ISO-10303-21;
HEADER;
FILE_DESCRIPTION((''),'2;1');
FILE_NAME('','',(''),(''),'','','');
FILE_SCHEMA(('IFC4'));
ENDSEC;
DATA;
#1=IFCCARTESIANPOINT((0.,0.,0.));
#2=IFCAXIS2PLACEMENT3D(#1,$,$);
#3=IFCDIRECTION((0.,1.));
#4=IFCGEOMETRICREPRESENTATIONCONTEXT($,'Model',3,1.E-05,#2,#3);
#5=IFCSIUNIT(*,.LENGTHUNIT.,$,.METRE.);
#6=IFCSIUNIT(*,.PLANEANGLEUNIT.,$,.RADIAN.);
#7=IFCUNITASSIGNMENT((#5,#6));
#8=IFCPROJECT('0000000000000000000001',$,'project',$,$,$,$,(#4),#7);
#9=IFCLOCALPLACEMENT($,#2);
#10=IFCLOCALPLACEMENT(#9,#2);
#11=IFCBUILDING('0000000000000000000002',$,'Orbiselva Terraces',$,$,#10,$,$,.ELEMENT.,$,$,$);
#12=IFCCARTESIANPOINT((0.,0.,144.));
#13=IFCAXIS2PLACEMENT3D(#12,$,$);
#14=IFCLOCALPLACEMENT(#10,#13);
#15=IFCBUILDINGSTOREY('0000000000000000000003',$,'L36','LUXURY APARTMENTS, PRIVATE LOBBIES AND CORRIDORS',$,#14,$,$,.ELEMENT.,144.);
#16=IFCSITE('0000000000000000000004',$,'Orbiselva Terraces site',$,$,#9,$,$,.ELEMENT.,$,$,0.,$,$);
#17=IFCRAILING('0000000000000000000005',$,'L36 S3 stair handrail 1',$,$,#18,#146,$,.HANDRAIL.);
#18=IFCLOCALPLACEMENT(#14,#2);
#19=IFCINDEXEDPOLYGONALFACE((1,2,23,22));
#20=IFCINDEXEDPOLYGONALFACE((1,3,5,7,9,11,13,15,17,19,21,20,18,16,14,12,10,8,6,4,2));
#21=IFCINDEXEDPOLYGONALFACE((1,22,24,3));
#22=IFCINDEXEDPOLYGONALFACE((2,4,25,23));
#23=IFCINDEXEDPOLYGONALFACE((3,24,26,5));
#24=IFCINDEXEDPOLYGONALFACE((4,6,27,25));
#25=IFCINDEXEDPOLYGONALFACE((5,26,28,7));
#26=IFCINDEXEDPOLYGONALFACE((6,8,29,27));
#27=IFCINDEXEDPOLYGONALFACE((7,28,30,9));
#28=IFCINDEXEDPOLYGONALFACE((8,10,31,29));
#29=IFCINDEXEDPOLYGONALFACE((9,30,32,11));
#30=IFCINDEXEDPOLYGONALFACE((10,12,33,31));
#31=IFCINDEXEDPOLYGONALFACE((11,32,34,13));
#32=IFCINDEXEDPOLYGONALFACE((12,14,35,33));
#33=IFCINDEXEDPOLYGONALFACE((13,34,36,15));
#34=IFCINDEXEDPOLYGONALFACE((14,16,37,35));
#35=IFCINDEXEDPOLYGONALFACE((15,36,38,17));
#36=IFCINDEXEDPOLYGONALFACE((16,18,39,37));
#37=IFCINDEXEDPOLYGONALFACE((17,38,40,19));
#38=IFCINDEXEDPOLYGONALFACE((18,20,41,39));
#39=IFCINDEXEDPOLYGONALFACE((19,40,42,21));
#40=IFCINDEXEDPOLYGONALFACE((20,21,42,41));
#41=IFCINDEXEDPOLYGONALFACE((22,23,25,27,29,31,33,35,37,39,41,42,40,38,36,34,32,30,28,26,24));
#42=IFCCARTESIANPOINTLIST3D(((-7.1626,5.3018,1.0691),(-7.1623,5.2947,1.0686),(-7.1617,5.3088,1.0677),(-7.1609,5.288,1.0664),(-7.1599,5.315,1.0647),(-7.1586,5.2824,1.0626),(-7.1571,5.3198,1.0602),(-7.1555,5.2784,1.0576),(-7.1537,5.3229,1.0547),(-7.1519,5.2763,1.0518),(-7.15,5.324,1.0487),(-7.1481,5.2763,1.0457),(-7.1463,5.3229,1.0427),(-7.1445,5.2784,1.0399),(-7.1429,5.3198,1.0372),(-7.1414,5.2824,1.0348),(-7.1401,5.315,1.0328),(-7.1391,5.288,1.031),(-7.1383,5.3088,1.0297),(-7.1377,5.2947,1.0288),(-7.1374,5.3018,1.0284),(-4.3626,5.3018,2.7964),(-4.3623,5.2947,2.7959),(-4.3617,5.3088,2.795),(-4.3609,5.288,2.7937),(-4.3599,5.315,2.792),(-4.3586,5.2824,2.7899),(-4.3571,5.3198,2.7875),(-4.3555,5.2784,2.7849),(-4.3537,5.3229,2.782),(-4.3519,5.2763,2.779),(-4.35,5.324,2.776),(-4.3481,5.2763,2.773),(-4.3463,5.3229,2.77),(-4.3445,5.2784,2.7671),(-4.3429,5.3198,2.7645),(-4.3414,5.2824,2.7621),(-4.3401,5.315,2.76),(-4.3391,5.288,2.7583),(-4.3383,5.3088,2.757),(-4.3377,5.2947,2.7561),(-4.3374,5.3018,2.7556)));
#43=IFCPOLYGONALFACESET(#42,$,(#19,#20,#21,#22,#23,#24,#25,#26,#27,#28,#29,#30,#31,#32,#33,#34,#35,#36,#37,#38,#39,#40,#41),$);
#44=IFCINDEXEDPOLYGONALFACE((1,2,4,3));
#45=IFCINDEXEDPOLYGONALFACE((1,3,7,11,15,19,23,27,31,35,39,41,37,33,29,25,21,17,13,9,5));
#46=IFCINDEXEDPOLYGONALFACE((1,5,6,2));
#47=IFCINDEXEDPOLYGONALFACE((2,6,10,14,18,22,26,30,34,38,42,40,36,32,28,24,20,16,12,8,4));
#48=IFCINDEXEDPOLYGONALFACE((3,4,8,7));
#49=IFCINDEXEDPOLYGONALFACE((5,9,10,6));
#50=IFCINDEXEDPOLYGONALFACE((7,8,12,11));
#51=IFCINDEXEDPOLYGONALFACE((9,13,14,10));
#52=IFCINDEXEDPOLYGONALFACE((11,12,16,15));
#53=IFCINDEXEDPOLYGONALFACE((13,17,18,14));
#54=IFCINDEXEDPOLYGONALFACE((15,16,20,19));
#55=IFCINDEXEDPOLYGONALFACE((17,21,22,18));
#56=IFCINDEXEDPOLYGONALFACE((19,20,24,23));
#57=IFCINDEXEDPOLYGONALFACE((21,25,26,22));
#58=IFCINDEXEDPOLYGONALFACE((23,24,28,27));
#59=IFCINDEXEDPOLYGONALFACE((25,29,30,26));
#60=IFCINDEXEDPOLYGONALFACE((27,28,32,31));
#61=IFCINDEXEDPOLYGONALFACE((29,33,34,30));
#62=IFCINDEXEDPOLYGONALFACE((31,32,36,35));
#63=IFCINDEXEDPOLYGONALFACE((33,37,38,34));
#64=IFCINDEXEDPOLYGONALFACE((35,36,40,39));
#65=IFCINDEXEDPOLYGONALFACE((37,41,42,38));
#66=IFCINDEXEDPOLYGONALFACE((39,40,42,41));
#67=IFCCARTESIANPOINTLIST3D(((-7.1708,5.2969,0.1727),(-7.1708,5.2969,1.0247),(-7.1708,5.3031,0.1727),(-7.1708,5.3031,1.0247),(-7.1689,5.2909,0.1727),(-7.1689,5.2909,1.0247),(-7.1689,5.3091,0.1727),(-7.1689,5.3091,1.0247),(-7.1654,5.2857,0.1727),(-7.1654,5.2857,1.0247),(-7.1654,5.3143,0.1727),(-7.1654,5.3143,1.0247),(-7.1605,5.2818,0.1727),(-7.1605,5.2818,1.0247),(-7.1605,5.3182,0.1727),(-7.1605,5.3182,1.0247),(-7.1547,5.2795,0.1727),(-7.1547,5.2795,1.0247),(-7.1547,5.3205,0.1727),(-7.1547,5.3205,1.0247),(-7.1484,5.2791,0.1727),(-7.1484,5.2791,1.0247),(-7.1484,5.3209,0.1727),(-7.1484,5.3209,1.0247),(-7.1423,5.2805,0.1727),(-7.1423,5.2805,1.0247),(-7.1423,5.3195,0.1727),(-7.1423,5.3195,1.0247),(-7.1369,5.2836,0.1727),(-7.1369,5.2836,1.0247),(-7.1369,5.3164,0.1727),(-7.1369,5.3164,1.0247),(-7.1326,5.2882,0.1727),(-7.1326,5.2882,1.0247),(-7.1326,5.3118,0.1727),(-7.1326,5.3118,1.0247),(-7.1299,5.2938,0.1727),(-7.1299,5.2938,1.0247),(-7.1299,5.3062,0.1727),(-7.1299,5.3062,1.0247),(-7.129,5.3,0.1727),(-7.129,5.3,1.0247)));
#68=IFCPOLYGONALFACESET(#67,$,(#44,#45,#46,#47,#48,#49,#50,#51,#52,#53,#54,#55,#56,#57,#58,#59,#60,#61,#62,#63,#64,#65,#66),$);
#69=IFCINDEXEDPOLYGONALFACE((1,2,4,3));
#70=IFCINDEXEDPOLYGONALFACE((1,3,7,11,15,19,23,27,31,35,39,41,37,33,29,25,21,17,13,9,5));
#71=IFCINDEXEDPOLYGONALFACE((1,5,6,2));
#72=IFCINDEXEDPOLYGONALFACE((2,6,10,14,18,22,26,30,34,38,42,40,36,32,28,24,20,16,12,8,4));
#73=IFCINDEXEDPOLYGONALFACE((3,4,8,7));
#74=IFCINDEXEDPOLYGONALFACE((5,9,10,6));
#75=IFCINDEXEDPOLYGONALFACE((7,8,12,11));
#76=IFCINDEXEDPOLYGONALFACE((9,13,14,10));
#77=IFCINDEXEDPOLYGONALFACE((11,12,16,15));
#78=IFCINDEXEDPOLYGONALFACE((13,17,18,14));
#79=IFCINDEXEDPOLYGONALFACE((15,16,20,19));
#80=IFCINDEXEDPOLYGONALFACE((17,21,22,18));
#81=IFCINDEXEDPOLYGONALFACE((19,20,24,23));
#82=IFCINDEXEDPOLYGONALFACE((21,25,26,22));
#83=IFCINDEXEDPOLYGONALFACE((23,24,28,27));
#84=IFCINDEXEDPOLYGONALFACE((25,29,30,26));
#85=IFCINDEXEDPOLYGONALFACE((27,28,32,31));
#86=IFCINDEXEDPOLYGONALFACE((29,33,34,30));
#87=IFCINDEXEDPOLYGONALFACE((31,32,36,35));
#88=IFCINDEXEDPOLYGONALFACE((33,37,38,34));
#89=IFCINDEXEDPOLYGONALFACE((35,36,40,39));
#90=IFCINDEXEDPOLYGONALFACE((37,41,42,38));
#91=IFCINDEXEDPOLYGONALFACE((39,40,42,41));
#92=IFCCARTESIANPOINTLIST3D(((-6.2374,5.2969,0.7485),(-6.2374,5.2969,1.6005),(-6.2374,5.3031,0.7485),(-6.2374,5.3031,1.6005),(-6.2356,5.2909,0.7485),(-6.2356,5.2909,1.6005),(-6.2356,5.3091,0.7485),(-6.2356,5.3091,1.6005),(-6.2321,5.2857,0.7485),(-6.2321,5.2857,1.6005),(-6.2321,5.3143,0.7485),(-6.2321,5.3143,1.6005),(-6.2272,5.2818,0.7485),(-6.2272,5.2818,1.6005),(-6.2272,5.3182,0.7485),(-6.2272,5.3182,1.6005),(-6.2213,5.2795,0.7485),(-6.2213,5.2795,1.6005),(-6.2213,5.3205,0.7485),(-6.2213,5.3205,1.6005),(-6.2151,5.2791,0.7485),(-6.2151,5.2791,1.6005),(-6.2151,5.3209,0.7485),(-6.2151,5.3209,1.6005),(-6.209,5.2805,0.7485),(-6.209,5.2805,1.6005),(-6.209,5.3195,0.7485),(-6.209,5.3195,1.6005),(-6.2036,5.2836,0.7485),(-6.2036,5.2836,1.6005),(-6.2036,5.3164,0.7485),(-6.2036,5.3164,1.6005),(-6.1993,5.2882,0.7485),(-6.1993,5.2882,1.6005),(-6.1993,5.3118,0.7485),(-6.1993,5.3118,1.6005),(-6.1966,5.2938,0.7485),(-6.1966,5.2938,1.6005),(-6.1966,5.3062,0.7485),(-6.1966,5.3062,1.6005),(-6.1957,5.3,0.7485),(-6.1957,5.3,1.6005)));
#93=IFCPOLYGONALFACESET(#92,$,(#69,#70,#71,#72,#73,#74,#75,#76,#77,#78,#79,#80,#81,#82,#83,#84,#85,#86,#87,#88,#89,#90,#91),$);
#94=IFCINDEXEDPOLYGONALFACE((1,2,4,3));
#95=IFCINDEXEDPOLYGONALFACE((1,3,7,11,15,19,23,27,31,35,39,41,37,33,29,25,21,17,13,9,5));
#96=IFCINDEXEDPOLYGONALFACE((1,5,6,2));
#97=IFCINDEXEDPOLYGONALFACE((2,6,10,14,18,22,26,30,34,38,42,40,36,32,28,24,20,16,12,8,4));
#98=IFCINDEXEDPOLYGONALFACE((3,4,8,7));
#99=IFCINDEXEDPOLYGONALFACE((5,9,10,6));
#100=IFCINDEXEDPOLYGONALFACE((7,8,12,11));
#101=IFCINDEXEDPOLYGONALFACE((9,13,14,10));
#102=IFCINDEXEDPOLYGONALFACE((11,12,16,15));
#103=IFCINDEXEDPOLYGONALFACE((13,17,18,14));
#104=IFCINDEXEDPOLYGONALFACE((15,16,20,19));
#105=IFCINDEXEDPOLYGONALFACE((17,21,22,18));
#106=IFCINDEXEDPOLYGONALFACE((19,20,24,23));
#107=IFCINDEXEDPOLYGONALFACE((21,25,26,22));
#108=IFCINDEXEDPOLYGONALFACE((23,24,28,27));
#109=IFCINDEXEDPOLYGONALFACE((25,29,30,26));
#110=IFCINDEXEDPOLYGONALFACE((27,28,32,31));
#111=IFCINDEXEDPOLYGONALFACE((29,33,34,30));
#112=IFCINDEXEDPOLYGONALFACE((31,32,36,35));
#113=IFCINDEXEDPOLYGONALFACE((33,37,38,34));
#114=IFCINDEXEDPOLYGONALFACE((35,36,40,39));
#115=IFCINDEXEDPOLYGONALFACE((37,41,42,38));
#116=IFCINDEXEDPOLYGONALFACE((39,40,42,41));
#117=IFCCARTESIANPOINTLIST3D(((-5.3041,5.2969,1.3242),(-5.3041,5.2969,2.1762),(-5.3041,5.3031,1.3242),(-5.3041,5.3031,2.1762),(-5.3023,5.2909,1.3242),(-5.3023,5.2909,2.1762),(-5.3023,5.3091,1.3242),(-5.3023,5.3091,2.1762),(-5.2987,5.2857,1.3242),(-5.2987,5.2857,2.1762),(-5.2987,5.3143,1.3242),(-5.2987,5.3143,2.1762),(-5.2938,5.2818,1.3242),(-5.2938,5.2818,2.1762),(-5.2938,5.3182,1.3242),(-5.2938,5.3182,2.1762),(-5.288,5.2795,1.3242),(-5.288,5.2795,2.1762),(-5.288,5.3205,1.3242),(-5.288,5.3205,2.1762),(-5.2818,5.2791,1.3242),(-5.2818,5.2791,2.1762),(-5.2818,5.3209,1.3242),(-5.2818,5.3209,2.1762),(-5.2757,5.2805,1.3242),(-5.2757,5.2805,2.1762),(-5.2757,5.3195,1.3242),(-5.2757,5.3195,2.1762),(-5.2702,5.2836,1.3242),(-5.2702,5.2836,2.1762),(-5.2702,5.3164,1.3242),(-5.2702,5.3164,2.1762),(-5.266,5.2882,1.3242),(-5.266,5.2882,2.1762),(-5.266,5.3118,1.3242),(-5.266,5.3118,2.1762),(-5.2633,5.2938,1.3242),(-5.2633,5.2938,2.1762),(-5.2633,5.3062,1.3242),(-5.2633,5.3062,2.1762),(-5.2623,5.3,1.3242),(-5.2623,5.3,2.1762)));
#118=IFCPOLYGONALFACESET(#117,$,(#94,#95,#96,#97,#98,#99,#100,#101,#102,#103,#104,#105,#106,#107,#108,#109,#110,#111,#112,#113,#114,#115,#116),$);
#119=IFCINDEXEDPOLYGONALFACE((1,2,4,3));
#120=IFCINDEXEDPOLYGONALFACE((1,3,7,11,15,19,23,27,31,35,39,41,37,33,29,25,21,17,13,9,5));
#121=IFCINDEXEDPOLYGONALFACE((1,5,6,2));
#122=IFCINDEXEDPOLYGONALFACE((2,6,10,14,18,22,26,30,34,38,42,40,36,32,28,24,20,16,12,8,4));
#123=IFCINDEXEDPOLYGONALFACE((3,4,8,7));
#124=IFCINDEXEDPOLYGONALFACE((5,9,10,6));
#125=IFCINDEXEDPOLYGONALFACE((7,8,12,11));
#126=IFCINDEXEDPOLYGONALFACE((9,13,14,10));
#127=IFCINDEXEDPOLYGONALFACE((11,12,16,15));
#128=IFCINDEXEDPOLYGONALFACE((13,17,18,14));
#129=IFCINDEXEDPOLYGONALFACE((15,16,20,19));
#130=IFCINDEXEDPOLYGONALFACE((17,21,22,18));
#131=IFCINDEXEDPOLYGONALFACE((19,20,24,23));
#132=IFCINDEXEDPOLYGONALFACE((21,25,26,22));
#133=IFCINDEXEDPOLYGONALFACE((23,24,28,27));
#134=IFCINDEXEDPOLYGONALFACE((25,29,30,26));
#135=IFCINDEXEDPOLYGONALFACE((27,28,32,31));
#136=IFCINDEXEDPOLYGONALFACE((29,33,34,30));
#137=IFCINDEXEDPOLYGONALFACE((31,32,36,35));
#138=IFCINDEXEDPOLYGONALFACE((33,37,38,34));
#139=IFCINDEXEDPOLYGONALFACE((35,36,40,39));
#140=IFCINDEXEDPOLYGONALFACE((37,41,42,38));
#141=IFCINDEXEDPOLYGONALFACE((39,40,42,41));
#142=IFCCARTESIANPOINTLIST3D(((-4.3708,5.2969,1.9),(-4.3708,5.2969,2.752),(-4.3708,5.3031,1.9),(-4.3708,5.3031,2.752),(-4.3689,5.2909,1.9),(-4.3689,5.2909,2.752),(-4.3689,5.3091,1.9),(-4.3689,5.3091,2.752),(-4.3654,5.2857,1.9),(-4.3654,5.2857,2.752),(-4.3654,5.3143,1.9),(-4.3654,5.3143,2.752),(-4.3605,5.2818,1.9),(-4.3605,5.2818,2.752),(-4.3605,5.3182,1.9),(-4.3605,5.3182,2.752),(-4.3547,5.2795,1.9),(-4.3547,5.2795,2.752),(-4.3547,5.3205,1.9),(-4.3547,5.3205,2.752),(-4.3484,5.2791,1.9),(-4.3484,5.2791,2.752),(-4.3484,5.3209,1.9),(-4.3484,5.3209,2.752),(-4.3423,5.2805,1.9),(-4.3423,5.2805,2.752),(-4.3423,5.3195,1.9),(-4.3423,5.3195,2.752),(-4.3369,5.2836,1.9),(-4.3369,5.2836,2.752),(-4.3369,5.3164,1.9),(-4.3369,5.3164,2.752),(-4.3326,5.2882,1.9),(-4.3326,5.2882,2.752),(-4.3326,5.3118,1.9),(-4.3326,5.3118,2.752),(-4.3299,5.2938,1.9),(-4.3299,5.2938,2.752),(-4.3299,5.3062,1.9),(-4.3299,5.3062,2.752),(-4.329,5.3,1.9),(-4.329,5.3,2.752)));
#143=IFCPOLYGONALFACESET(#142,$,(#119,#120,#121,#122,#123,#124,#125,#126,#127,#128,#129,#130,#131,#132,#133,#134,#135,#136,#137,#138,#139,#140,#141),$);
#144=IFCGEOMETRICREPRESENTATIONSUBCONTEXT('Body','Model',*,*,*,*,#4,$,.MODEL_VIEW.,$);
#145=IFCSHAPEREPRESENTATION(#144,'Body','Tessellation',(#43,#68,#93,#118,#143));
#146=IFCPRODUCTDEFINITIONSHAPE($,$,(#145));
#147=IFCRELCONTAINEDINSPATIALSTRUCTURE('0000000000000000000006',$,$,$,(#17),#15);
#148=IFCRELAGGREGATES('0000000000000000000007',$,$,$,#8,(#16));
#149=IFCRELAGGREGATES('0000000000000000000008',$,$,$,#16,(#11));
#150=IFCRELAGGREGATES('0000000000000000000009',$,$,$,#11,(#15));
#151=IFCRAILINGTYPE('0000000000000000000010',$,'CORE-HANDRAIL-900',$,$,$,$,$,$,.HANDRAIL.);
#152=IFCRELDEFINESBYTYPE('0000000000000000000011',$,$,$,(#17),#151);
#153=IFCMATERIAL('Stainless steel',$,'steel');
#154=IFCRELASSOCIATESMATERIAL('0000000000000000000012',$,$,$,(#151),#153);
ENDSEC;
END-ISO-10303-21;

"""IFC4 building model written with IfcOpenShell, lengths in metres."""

from ifc_helpers import new_model, si_unit, direction, frame, origin, origin_2d, place, context, subcontext, project, spatial, circle, extrude, material, type_object, element, save


model = new_model("IFC4")

# Units and contexts
model_context = context("Model", 3, precision=1e-05, world=origin(), true_north=direction((0.0, 1.0)))
body_context = subcontext(model_context, "Body", "Model", "MODEL_VIEW")
ifc_project = project(units=[si_unit("LENGTHUNIT", "METRE"), si_unit("PLANEANGLEUNIT", "RADIAN")], contexts=[model_context])

# Site, building, storey
site_placement = place(None, origin())
site = spatial("IfcSite", under=ifc_project, at=site_placement, Name="Orbiselva Terraces site", CompositionType="ELEMENT", RefElevation=0.0)
building_placement = place(site_placement, origin())
building = spatial("IfcBuilding", under=site, at=building_placement, Name="Orbiselva Terraces", CompositionType="ELEMENT")
storey_placement = place(building_placement, frame((0.0, 0.0, 144.0)))
storey = spatial("IfcBuildingStorey", under=building, at=storey_placement, Name="L36", Description="LUXURY APARTMENTS, PRIVATE LOBBIES AND CORRIDORS", CompositionType="ELEMENT", Elevation=144.0)

# Railing
ifc_material_1 = material(Name="Stainless steel", Category="steel")
railing_type_1 = type_object("IfcRailingType", Name="CORE-HANDRAIL-900", PredefinedType="HANDRAIL", material=ifc_material_1)
railing_1_placement = place(storey_placement, frame((-7.15, 5.3, 0.1727)))
element("IfcRailing", 1, at=railing_1_placement, inside=storey, type_object=railing_type_1, Name="L36 S3 stair handrail 1", PredefinedType="HANDRAIL", context=body_context, shape_type="SweptSolid", body=[
    extrude(circle(Radius=0.024, at=origin_2d()), frame((0.0, 0.0, 0.876), z_axis=(0.851089, 0.0, 0.525022), x_axis=(0.0, 1.0, 0.0)), (0.0, 0.0, 1.0), 3.2899),
    extrude(circle(Radius=0.021, at=origin_2d()), origin(), (0.0, 0.0, 1.0), 0.852),
    extrude(circle(Radius=0.021, at=origin_2d()), frame((0.9333, 0.0, 0.5758)), (0.0, 0.0, 1.0), 0.852),
    extrude(circle(Radius=0.021, at=origin_2d()), frame((1.8667, 0.0, 1.1515)), (0.0, 0.0, 1.0), 0.852),
    extrude(circle(Radius=0.021, at=origin_2d()), frame((2.8, 0.0, 1.7273)), (0.0, 0.0, 1.0), 0.852),
])

save(model, "model.ifc")
